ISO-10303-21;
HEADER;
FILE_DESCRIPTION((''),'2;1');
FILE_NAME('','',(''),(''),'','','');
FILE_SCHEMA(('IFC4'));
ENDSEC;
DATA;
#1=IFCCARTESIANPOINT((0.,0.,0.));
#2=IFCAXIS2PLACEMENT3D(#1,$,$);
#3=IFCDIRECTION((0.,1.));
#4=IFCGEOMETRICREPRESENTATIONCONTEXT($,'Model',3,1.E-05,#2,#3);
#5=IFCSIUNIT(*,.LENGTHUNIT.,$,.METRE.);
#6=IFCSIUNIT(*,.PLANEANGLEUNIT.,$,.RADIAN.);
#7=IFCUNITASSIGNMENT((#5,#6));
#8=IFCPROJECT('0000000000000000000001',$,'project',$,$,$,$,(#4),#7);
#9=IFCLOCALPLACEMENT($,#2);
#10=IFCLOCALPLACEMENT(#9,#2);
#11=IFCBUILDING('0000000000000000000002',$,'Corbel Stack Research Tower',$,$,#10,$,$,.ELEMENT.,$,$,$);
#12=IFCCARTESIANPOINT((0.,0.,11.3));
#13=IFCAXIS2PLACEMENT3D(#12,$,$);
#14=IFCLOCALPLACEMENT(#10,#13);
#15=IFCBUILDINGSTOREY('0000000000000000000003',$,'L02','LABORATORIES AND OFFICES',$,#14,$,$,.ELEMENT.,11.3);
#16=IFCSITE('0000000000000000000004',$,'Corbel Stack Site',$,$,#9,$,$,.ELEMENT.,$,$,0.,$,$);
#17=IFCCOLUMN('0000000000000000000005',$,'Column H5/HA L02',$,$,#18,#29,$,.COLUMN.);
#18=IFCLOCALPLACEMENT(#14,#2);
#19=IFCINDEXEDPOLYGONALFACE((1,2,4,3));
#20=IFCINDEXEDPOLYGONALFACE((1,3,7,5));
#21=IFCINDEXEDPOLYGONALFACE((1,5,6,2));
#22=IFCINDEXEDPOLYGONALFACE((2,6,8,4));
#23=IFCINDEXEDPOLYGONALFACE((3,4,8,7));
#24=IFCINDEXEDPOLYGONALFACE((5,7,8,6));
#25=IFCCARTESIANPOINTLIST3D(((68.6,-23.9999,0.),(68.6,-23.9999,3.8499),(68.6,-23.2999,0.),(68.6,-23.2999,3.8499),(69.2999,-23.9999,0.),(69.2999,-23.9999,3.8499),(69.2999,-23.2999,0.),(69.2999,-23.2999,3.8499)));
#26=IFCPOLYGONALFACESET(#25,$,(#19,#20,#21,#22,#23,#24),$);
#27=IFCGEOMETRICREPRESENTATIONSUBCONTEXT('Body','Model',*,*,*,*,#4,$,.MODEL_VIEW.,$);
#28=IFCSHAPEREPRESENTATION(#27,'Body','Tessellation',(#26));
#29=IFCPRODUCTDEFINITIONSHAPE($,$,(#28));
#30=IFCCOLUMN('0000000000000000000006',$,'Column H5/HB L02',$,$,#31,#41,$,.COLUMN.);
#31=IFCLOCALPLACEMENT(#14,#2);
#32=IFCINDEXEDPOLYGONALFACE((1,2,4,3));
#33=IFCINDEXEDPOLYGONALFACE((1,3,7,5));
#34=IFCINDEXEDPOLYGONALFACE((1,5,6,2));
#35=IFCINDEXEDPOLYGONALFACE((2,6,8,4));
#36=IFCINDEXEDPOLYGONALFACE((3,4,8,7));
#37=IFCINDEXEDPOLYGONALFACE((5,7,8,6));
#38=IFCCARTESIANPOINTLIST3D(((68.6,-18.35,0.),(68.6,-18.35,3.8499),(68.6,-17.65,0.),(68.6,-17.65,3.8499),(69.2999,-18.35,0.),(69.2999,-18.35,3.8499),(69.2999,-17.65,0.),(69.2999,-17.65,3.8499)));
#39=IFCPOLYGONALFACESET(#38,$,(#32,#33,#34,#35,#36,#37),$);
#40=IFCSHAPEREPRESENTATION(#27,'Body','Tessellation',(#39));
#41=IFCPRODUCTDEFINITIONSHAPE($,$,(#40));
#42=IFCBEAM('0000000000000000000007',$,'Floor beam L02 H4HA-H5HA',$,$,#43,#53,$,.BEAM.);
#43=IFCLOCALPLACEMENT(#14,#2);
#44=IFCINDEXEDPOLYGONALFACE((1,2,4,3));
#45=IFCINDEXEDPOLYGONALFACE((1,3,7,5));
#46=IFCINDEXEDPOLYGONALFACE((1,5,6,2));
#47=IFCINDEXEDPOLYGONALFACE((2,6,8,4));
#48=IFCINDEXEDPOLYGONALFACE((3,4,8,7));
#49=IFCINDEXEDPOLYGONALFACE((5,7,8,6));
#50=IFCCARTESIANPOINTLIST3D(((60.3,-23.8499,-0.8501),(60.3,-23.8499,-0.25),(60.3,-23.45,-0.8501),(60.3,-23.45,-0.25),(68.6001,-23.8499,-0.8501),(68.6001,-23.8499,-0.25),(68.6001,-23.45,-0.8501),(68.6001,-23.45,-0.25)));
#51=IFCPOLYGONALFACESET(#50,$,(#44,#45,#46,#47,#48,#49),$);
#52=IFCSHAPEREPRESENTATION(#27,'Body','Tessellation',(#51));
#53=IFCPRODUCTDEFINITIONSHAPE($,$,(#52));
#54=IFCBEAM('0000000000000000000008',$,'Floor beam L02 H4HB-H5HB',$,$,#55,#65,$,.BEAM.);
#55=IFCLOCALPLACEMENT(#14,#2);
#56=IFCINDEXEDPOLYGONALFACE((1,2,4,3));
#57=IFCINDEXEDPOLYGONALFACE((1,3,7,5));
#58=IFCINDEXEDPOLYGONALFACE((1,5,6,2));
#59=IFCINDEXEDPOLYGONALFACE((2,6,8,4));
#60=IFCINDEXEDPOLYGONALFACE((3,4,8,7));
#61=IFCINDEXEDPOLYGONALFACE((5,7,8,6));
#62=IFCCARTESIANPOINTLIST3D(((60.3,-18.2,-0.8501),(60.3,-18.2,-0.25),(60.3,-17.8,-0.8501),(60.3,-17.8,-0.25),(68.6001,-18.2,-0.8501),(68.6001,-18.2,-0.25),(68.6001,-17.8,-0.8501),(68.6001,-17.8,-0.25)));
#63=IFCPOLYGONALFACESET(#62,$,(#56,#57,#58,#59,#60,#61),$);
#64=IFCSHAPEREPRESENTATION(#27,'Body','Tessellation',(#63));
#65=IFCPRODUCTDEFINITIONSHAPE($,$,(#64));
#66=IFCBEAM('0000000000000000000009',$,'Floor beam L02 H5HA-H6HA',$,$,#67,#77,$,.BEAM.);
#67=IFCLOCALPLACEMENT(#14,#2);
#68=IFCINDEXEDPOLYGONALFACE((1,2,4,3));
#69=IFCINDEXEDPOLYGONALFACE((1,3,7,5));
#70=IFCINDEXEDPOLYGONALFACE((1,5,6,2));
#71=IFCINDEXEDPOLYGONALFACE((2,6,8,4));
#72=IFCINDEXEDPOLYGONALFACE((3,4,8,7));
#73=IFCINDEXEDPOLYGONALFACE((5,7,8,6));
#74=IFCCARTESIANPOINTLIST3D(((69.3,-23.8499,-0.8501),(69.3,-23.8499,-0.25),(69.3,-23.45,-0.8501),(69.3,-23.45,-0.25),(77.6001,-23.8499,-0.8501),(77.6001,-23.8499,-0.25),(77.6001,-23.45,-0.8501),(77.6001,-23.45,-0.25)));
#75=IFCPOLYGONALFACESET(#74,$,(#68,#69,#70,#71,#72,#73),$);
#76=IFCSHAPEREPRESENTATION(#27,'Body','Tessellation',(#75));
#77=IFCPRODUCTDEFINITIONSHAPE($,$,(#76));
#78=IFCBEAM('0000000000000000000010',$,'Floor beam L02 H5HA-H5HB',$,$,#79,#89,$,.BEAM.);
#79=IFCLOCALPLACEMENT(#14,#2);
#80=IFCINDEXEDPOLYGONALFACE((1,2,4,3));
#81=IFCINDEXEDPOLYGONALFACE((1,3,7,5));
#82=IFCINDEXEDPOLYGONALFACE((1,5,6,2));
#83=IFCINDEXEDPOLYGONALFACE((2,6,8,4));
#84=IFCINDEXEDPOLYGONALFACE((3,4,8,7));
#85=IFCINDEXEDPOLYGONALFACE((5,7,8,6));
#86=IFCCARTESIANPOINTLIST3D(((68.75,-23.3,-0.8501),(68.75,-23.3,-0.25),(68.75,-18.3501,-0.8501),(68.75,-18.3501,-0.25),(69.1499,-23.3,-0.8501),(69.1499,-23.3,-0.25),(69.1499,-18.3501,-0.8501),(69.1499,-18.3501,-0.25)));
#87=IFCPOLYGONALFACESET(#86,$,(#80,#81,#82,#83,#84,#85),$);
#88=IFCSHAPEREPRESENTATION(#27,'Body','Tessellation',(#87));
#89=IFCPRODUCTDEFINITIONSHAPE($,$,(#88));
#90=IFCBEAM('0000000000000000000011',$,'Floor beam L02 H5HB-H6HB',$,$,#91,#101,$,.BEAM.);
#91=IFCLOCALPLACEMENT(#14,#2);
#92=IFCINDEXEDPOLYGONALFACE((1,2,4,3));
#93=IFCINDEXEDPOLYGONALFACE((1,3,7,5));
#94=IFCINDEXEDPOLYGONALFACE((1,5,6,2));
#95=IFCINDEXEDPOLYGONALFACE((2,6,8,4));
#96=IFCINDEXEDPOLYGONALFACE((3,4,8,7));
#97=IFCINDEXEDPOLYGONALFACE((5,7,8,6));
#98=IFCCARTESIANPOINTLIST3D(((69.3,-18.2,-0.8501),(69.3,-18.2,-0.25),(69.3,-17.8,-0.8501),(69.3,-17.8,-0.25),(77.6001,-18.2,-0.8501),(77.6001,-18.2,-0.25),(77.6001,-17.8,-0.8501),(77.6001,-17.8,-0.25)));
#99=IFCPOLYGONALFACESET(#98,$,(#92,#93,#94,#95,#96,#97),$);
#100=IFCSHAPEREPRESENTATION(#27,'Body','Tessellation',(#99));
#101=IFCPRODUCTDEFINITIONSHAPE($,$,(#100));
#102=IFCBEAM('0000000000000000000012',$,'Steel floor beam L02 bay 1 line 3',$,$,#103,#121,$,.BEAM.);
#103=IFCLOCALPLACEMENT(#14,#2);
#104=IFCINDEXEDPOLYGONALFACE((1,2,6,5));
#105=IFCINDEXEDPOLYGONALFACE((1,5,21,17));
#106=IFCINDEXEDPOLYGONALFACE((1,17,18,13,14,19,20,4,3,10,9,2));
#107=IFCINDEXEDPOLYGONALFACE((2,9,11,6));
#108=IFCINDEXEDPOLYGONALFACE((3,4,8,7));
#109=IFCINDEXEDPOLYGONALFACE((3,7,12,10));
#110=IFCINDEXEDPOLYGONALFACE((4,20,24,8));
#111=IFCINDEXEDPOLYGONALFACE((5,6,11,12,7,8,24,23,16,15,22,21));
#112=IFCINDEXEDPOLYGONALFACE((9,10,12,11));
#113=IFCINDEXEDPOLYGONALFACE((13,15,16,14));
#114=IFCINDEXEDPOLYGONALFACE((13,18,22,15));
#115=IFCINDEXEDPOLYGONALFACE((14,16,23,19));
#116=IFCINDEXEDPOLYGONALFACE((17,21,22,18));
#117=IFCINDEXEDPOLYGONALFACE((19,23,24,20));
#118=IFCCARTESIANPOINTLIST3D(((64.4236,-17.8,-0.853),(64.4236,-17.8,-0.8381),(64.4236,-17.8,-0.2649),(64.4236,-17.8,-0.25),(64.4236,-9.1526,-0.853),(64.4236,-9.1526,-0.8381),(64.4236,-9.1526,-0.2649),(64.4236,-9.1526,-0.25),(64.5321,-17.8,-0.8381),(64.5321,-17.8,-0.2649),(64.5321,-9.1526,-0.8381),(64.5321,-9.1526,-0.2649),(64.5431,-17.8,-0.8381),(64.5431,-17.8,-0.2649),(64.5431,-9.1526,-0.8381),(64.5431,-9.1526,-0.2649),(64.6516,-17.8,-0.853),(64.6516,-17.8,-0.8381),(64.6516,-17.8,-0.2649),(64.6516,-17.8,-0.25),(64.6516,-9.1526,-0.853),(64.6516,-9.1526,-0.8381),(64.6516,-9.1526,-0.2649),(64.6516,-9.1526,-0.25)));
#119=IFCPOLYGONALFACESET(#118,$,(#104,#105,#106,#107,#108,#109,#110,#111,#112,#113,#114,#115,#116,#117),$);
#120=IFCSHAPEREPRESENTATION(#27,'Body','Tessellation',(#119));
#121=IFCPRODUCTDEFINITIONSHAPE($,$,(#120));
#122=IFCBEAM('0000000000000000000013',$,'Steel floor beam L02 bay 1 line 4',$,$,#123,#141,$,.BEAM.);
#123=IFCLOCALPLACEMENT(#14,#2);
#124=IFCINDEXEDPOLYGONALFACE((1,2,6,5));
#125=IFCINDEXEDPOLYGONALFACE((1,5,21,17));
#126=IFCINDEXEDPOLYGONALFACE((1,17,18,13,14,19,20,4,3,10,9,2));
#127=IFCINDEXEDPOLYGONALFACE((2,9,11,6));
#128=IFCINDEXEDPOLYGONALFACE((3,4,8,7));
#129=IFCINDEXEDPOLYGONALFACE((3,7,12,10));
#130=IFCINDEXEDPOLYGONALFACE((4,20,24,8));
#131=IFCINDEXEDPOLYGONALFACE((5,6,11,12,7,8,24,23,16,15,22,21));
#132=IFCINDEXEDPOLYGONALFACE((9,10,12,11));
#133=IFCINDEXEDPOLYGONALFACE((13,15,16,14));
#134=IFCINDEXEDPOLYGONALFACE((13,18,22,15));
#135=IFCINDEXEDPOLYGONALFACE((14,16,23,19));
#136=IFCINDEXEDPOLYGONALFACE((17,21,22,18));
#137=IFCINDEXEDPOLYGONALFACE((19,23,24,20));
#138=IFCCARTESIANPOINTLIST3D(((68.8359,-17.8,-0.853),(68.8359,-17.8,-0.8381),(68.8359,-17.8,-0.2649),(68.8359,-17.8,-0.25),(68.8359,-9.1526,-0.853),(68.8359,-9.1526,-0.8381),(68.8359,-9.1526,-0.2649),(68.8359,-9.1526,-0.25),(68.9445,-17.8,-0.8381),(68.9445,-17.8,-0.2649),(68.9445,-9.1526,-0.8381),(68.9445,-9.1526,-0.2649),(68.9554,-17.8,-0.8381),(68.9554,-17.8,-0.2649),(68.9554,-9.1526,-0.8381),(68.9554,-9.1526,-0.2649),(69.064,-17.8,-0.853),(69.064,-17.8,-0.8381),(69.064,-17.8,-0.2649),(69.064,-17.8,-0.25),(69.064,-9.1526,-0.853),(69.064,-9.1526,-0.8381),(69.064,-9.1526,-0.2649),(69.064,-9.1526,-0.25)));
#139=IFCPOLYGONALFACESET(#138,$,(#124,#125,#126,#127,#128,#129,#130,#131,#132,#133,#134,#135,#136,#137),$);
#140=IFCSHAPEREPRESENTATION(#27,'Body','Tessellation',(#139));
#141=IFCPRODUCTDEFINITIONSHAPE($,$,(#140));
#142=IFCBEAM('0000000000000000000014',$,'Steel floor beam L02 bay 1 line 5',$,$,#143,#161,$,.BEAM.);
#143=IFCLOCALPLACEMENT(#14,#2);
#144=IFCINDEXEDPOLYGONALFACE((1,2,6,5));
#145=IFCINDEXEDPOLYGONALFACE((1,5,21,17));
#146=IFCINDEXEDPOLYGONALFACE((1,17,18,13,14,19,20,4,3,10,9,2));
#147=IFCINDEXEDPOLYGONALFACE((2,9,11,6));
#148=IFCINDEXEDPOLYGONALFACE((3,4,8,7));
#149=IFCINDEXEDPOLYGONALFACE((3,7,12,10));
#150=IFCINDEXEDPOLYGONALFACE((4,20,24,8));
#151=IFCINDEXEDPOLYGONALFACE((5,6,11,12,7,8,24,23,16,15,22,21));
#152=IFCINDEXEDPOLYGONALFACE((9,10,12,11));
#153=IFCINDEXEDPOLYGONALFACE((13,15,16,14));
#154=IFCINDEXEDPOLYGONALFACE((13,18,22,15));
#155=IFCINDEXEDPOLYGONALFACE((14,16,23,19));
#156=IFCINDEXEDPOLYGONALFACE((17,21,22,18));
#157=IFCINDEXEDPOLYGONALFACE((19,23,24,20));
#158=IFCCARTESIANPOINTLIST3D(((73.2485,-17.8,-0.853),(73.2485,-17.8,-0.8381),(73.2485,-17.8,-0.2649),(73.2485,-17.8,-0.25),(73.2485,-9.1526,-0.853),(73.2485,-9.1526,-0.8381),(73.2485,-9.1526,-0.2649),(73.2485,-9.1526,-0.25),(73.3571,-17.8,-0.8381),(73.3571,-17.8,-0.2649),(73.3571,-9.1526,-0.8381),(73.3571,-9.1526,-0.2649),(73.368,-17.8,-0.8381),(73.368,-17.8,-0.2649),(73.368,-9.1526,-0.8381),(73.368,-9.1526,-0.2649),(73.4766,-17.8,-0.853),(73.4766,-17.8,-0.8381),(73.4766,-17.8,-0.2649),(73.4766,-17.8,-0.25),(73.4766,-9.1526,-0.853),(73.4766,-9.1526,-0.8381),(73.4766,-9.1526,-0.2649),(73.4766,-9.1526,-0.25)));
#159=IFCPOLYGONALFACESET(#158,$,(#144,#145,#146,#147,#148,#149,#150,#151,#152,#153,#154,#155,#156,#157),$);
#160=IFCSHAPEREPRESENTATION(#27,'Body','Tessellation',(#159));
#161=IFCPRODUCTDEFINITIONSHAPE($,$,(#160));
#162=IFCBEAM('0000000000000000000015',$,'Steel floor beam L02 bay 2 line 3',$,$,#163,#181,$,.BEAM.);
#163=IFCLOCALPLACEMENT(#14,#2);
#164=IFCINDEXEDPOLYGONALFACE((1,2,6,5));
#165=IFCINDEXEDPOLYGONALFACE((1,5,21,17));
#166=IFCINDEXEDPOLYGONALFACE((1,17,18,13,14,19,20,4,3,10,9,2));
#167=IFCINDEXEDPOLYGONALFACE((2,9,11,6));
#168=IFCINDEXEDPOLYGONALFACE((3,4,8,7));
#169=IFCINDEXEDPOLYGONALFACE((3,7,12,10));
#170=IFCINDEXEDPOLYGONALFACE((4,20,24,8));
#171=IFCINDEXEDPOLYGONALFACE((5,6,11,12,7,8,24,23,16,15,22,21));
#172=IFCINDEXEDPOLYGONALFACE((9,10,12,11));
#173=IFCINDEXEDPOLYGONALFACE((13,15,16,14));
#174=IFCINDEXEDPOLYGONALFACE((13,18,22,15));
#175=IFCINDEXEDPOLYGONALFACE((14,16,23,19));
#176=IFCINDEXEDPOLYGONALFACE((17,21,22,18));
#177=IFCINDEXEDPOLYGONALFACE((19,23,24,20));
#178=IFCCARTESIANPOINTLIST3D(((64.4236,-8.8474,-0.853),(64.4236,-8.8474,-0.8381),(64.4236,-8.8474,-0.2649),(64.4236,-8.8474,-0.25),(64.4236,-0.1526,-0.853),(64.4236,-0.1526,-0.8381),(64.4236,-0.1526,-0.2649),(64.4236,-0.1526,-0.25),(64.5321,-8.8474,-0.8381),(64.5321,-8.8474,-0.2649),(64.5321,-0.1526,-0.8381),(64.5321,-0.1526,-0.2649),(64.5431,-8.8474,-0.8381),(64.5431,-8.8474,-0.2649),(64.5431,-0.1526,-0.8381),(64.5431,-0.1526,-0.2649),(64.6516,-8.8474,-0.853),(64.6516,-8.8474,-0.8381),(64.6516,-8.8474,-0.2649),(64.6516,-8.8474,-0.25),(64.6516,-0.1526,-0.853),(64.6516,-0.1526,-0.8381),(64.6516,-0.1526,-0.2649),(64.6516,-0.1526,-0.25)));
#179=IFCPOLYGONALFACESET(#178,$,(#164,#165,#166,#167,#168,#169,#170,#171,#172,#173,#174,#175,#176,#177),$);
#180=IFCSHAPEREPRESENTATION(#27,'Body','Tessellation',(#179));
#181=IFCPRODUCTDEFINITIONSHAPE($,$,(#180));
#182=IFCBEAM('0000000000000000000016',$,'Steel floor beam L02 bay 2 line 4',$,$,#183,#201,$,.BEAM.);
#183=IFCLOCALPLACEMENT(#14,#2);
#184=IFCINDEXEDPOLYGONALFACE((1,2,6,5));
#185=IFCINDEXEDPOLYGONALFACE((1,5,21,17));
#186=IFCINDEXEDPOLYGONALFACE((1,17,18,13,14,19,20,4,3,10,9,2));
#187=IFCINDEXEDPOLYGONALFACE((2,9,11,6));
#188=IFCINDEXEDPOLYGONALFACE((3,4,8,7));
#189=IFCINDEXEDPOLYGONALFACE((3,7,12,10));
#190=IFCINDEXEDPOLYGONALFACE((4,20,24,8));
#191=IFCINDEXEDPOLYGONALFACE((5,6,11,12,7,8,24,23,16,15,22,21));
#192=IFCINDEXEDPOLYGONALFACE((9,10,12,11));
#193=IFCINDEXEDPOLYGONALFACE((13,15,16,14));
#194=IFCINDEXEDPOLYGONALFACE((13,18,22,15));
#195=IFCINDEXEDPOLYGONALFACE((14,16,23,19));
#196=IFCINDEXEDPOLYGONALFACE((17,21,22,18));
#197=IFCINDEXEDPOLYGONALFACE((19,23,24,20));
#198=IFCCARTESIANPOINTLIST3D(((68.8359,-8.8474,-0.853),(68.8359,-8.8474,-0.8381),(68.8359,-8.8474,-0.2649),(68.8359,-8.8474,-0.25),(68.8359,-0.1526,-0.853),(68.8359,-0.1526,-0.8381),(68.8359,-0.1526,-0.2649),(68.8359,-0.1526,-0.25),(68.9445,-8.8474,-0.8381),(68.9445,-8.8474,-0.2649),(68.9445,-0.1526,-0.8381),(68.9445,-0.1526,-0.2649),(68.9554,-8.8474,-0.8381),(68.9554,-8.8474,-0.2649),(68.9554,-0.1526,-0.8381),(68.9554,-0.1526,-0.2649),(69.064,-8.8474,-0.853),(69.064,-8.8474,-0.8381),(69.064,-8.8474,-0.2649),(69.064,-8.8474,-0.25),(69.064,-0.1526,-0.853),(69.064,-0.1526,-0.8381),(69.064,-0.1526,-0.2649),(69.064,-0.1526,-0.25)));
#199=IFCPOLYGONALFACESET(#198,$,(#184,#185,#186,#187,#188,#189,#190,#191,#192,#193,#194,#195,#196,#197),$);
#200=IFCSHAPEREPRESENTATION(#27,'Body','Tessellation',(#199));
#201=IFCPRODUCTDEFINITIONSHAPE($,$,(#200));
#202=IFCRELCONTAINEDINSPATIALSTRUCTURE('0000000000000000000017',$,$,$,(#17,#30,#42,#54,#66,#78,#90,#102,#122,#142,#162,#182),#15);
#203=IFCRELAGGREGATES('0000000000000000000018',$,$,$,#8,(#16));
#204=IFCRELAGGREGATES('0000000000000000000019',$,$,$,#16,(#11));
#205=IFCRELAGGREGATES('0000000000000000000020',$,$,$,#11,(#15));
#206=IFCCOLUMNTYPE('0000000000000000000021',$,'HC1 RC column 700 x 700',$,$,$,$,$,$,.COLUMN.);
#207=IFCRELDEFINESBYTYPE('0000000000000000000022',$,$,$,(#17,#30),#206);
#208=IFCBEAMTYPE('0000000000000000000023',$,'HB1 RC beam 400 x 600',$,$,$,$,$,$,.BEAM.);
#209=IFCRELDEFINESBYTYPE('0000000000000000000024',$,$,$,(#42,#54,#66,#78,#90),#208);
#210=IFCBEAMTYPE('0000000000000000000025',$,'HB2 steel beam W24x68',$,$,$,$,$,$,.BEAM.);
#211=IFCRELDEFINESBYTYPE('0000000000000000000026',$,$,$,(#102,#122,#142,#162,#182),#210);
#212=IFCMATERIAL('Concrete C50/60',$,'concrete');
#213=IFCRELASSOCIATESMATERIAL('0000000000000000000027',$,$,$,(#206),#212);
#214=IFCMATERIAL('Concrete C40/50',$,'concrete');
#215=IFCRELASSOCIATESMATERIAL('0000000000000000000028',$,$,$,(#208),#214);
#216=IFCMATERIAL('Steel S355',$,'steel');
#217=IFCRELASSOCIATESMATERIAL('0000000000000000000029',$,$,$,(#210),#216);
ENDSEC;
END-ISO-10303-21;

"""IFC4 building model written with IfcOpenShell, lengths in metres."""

from ifc_helpers import new_model, si_unit, direction, frame, origin, origin_2d, place, context, subcontext, project, spatial, rectangle, i_section, extrude, material, material_profile, profile_set, type_object, element, save


model = new_model("IFC4")

# Units and contexts
model_context = context("Model", 3, precision=1e-05, world=origin(), true_north=direction((0.0, 1.0)))
body_context = subcontext(model_context, "Body", "Model", "MODEL_VIEW")
ifc_project = project(units=[si_unit("LENGTHUNIT", "METRE"), si_unit("PLANEANGLEUNIT", "RADIAN")], contexts=[model_context])

# Site, building, storey
site_placement = place(None, origin())
site = spatial("IfcSite", under=ifc_project, at=site_placement, Name="Corbel Stack Site", CompositionType="ELEMENT", RefElevation=0.0)
building_placement = place(site_placement, origin())
building = spatial("IfcBuilding", under=site, at=building_placement, Name="Corbel Stack Research Tower", CompositionType="ELEMENT")
storey_placement = place(building_placement, frame((0.0, 0.0, 11.3)))
storey = spatial("IfcBuildingStorey", under=building, at=storey_placement, Name="L02", Description="LABORATORIES AND OFFICES", CompositionType="ELEMENT", Elevation=11.3)

# Columns
ifc_material_1 = material(Name="Concrete C50/60", Category="concrete")
ifc_material_profile_1 = material_profile(ifc_material_1, rectangle(XDim=0.7, YDim=0.7, at=origin_2d()), Name="RC 700 x 700")
ifc_profile_set_1 = profile_set([ifc_material_profile_1], Name="Concrete C50/60")
column_type = type_object("IfcColumnType", Name="HC1 RC column 700 x 700", PredefinedType="COLUMN", material=ifc_profile_set_1)
for number, where, z_axis, x_axis, name in (
    (1, (68.95, -23.6499, 0.0), (0.0, 0.0, 1.0), (1.0, 0.0, 0.0), "Column H5/HA L02"),
    (2, (68.95, -18.0, 0.0), (0.0, 0.0, 1.0), (1.0, 0.0, 0.0), "Column H5/HB L02"),
):
    element("IfcColumn", number, at=place(storey_placement, frame(where, z_axis=z_axis, x_axis=x_axis)), inside=storey, type_object=column_type, Name=name, PredefinedType="COLUMN", context=body_context, shape_type="SweptSolid", body=[
        extrude(rectangle(XDim=0.7, YDim=0.7, at=origin_2d()), origin(), (0.0, 0.0, 1.0), 3.8499),
    ])

# Beams
ifc_material_2 = material(Name="Concrete C40/50", Category="concrete")
ifc_material_profile_2 = material_profile(ifc_material_2, rectangle(XDim=0.3999, YDim=0.6001, at=origin_2d()), Name="RC 400 x 600")
ifc_profile_set_2 = profile_set([ifc_material_profile_2], Name="Concrete C40/50")
beam_type_1 = type_object("IfcBeamType", Name="HB1 RC beam 400 x 600", PredefinedType="BEAM", material=ifc_profile_set_2)
for number, where, z_axis, x_axis, name in (
    (3, (60.3, -23.6499, -0.55), (1.0, 0.0, 0.0), (0.0, 1.0, 0.0), "Floor beam L02 H4HA-H5HA"),
    (4, (60.3, -18.0, -0.55), (1.0, 0.0, 0.0), (0.0, 1.0, 0.0), "Floor beam L02 H4HB-H5HB"),
    (5, (69.3, -23.6499, -0.55), (1.0, 0.0, 0.0), (0.0, 1.0, 0.0), "Floor beam L02 H5HA-H6HA"),
):
    element("IfcBeam", number, at=place(storey_placement, frame(where, z_axis=z_axis, x_axis=x_axis)), inside=storey, type_object=beam_type_1, Name=name, PredefinedType="BEAM", context=body_context, shape_type="SweptSolid", body=[
        extrude(rectangle(XDim=0.3999, YDim=0.6001, at=origin_2d()), origin(), (0.0, 0.0, 1.0), 8.3),
    ])
beam_1_placement = place(storey_placement, frame((68.95, -23.3, -0.55), z_axis=(0.0, 1.0, 0.0), x_axis=(-1.0, 0.0, 0.0)))
element("IfcBeam", 6, at=beam_1_placement, inside=storey, type_object=beam_type_1, Name="Floor beam L02 H5HA-H5HB", PredefinedType="BEAM", context=body_context, shape_type="SweptSolid", body=[
    extrude(rectangle(XDim=0.3999, YDim=0.6001, at=origin_2d()), origin(), (0.0, 0.0, 1.0), 4.95),
])
beam_2_placement = place(storey_placement, frame((69.3, -18.0, -0.55), z_axis=(1.0, 0.0, 0.0), x_axis=(0.0, 1.0, 0.0)))
element("IfcBeam", 7, at=beam_2_placement, inside=storey, type_object=beam_type_1, Name="Floor beam L02 H5HB-H6HB", PredefinedType="BEAM", context=body_context, shape_type="SweptSolid", body=[
    extrude(rectangle(XDim=0.3999, YDim=0.6001, at=origin_2d()), origin(), (0.0, 0.0, 1.0), 8.3),
])
ifc_material_3 = material(Name="Steel S355", Category="steel")
ifc_material_profile_3 = material_profile(ifc_material_3, i_section(OverallWidth=0.228, OverallDepth=0.603, WebThickness=0.011, FlangeThickness=0.0149, at=origin_2d()), Name="W24x68")
ifc_profile_set_3 = profile_set([ifc_material_profile_3], Name="Steel S355")
beam_type_2 = type_object("IfcBeamType", Name="HB2 steel beam W24x68", PredefinedType="BEAM", material=ifc_profile_set_3)
for number, where, z_axis, x_axis, name in (
    (8, (64.5376, -17.8, -0.5515), (0.0, 1.0, 0.0), (-1.0, 0.0, 0.0), "Steel floor beam L02 bay 1 line 3"),
    (9, (68.95, -17.8, -0.5515), (0.0, 1.0, 0.0), (-1.0, 0.0, 0.0), "Steel floor beam L02 bay 1 line 4"),
    (10, (73.3625, -17.8, -0.5515), (0.0, 1.0, 0.0), (-1.0, 0.0, 0.0), "Steel floor beam L02 bay 1 line 5"),
):
    element("IfcBeam", number, at=place(storey_placement, frame(where, z_axis=z_axis, x_axis=x_axis)), inside=storey, type_object=beam_type_2, Name=name, PredefinedType="BEAM", context=body_context, shape_type="SweptSolid", body=[
        extrude(i_section(OverallWidth=0.228, OverallDepth=0.603, WebThickness=0.011, FlangeThickness=0.0149, at=origin_2d()), origin(), (0.0, 0.0, 1.0), 8.6475),
    ])
for number, where, z_axis, x_axis, name in (
    (11, (64.5376, -8.8474, -0.5515), (0.0, 1.0, 0.0), (-1.0, 0.0, 0.0), "Steel floor beam L02 bay 2 line 3"),
    (12, (68.95, -8.8474, -0.5515), (0.0, 1.0, 0.0), (-1.0, 0.0, 0.0), "Steel floor beam L02 bay 2 line 4"),
):
    element("IfcBeam", number, at=place(storey_placement, frame(where, z_axis=z_axis, x_axis=x_axis)), inside=storey, type_object=beam_type_2, Name=name, PredefinedType="BEAM", context=body_context, shape_type="SweptSolid", body=[
        extrude(i_section(OverallWidth=0.228, OverallDepth=0.603, WebThickness=0.011, FlangeThickness=0.0149, at=origin_2d()), origin(), (0.0, 0.0, 1.0), 8.6948),
    ])

save(model, "model.ifc")
